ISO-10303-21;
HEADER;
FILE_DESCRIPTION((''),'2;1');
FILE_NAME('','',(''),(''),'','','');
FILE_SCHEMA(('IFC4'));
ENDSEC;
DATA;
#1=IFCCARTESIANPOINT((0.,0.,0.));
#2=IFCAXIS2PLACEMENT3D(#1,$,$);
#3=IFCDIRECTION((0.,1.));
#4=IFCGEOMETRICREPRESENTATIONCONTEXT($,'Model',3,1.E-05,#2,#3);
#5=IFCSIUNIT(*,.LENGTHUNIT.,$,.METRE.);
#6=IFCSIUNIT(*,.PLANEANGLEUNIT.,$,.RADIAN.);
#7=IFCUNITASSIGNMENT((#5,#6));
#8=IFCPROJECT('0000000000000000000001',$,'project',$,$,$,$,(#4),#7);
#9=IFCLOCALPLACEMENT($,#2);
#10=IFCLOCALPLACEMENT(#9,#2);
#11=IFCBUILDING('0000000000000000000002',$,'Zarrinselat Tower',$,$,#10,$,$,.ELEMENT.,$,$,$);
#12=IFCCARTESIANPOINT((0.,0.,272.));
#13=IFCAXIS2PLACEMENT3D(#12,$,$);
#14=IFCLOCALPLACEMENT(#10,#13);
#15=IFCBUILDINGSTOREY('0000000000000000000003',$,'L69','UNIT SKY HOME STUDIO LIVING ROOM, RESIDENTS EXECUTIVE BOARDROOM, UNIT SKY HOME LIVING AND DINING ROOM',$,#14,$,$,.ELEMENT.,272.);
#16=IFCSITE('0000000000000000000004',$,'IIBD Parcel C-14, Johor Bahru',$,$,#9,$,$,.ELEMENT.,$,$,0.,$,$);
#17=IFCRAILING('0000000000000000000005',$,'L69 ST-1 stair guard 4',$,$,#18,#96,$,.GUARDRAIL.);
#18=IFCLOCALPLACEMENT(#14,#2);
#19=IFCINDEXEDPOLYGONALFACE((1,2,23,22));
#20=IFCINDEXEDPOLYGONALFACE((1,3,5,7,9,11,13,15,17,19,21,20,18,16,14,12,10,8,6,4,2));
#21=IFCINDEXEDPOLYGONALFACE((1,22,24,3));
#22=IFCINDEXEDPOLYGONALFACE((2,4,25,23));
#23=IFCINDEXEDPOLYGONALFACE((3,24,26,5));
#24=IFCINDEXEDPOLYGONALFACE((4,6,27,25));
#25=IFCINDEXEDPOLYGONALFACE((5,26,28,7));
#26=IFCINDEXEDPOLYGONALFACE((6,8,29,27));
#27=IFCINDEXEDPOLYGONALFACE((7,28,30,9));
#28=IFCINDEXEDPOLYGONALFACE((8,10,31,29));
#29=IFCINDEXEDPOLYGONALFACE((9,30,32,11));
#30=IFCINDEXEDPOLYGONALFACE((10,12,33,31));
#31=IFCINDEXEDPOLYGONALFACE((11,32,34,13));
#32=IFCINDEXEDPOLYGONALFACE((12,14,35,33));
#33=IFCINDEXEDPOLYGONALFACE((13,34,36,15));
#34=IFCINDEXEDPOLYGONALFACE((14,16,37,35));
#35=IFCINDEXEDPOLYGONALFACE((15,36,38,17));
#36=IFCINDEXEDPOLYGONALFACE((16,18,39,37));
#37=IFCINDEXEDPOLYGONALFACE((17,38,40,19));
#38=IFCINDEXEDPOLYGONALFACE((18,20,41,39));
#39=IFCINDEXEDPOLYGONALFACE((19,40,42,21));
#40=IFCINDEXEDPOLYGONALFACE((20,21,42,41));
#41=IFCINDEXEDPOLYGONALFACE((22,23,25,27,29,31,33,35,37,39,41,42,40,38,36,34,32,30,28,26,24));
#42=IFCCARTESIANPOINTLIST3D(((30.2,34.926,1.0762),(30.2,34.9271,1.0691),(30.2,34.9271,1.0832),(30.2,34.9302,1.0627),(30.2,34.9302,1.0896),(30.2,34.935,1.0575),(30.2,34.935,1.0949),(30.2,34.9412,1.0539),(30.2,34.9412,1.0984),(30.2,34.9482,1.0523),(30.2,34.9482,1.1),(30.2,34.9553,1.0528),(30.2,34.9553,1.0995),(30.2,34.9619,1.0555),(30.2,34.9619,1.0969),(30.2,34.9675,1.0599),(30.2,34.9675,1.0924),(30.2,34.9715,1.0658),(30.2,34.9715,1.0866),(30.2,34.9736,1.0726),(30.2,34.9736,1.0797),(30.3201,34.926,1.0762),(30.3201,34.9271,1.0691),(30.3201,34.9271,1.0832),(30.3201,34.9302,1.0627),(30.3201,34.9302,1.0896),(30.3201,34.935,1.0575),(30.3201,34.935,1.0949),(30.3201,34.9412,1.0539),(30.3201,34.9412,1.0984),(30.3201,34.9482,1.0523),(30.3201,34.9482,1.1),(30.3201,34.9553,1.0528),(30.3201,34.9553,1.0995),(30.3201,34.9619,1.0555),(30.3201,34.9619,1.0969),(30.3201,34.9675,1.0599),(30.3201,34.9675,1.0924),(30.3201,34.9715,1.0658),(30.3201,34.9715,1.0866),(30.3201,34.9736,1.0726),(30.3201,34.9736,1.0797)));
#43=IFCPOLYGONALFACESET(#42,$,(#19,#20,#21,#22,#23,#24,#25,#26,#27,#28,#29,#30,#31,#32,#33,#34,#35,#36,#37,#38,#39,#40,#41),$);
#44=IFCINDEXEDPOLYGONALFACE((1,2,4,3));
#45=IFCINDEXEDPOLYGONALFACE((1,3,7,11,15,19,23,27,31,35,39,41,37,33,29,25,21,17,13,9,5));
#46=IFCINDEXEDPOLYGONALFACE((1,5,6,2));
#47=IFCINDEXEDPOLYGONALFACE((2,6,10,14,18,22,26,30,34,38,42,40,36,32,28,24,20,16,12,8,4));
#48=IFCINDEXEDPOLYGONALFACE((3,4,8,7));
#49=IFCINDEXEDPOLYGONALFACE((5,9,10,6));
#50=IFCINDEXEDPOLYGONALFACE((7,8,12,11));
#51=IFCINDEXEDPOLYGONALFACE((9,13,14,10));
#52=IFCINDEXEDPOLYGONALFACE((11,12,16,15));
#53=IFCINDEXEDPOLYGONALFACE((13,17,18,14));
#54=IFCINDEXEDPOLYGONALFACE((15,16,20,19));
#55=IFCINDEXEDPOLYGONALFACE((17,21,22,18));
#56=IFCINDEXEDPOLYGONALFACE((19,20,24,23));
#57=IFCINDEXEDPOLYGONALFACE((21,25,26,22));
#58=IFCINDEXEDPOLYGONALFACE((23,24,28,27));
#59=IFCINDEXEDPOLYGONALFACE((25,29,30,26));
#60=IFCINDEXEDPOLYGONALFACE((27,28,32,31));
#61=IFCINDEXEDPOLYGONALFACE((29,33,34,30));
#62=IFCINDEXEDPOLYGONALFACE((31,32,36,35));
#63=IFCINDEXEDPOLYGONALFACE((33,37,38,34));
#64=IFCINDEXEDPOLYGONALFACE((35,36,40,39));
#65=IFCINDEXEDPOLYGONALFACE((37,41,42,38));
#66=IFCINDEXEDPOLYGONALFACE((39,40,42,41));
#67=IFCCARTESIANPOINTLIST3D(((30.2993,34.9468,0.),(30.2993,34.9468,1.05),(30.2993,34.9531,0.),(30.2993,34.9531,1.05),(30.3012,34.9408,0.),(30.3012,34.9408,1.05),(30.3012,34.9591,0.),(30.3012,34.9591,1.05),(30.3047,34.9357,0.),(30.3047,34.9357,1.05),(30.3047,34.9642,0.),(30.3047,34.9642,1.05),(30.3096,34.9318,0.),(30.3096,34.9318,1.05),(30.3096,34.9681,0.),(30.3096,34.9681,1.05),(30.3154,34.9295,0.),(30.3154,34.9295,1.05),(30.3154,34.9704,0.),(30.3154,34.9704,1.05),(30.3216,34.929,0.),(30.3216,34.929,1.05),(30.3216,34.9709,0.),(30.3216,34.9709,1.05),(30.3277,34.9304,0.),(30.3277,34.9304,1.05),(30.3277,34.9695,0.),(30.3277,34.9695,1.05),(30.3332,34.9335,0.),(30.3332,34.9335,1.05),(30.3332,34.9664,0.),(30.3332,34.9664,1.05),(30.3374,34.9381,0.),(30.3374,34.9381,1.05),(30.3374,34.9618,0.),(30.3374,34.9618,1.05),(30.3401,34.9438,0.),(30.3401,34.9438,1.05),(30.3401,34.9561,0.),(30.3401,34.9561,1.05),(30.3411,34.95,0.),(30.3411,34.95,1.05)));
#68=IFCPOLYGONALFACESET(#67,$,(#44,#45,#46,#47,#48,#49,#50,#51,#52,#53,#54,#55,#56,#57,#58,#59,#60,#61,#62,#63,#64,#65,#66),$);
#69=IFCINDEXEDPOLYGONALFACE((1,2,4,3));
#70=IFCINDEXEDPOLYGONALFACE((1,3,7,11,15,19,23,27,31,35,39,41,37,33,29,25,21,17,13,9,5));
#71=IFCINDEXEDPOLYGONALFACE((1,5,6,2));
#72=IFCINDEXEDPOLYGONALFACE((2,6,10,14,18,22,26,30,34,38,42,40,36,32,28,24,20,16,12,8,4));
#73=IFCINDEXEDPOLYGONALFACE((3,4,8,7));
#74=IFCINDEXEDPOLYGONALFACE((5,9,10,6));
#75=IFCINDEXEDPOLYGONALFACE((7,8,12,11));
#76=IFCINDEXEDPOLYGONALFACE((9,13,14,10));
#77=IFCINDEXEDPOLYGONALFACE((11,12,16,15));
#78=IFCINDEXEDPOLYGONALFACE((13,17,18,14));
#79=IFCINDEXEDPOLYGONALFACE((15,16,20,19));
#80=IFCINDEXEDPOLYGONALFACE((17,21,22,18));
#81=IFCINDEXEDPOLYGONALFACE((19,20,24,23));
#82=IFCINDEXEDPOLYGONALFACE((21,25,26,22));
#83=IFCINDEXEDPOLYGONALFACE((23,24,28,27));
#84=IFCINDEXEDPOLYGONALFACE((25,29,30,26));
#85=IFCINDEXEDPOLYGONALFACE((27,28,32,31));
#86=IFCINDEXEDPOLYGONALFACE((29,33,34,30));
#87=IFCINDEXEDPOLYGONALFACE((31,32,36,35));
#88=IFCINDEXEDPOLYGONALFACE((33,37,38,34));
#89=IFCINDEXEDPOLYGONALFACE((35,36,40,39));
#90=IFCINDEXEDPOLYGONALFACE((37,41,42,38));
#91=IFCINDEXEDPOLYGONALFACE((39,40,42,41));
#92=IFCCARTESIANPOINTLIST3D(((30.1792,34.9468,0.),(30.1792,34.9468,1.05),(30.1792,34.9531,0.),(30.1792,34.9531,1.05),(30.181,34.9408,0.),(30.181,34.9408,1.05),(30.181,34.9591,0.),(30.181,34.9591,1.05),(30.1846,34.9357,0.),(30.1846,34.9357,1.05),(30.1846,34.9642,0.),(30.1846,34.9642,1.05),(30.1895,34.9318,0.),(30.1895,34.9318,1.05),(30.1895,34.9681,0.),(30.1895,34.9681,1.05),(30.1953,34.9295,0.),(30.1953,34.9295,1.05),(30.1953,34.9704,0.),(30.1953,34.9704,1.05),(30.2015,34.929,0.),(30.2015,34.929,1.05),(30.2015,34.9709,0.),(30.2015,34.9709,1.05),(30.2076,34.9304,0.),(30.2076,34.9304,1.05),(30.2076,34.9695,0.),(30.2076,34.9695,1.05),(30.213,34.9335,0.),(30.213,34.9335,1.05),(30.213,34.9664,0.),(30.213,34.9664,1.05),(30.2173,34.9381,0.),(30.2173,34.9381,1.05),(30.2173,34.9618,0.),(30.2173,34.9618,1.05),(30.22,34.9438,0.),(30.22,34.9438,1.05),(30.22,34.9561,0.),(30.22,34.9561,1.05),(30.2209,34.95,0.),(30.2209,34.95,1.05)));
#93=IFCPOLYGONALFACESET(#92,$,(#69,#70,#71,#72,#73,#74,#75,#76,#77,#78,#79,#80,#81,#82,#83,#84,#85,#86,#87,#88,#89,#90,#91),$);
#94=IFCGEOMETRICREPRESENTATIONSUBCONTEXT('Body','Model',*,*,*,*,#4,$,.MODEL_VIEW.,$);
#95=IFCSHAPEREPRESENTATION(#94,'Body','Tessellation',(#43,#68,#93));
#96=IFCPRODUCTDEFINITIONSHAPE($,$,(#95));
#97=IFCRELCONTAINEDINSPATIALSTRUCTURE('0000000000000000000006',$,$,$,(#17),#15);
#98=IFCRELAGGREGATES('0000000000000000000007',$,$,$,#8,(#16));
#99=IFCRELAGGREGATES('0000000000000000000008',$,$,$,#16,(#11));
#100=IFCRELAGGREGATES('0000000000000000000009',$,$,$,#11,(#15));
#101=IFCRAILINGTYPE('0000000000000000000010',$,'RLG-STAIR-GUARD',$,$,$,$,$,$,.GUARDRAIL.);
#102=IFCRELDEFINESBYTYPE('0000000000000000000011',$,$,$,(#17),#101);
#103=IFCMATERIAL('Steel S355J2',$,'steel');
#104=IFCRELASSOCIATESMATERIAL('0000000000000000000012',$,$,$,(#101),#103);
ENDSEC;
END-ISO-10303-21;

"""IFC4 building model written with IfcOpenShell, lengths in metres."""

from ifc_helpers import new_model, si_unit, direction, frame, origin, origin_2d, place, context, subcontext, project, spatial, circle, extrude, material, type_object, element, save


model = new_model("IFC4")

# Units and contexts
model_context = context("Model", 3, precision=1e-05, world=origin(), true_north=direction((0.0, 1.0)))
body_context = subcontext(model_context, "Body", "Model", "MODEL_VIEW")
ifc_project = project(units=[si_unit("LENGTHUNIT", "METRE"), si_unit("PLANEANGLEUNIT", "RADIAN")], contexts=[model_context])

# Site, building, storey
site_placement = place(None, origin())
site = spatial("IfcSite", under=ifc_project, at=site_placement, Name="IIBD Parcel C-14, Johor Bahru", CompositionType="ELEMENT", RefElevation=0.0)
building_placement = place(site_placement, origin())
building = spatial("IfcBuilding", under=site, at=building_placement, Name="Zarrinselat Tower", CompositionType="ELEMENT")
storey_placement = place(building_placement, frame((0.0, 0.0, 272.0)))
storey = spatial("IfcBuildingStorey", under=building, at=storey_placement, Name="L69", Description="UNIT SKY HOME STUDIO LIVING ROOM, RESIDENTS EXECUTIVE BOARDROOM, UNIT SKY HOME LIVING AND DINING ROOM", CompositionType="ELEMENT", Elevation=272.0)

# Railing
ifc_material_1 = material(Name="Steel S355J2", Category="steel")
railing_type_1 = type_object("IfcRailingType", Name="RLG-STAIR-GUARD", PredefinedType="GUARDRAIL", material=ifc_material_1)
railing_1_placement = place(storey_placement, frame((30.3201, 34.95, 0.0)))
element("IfcRailing", 1, at=railing_1_placement, inside=storey, type_object=railing_type_1, Name="L69 ST-1 stair guard 4", PredefinedType="GUARDRAIL", context=body_context, shape_type="SweptSolid", body=[
    extrude(circle(Radius=0.0239, at=origin_2d()), frame((0.0, 0.0, 1.0762), z_axis=(-1.0, 0.0, 0.0), x_axis=(0.0, -1.0, 0.0)), (0.0, 0.0, 1.0), 0.1201),
    extrude(circle(Radius=0.021, at=origin_2d()), origin(), (0.0, 0.0, 1.0), 1.05),
    extrude(circle(Radius=0.021, at=origin_2d()), frame((-0.1201, 0.0, 0.0)), (0.0, 0.0, 1.0), 1.05),
])

save(model, "model.ifc")
